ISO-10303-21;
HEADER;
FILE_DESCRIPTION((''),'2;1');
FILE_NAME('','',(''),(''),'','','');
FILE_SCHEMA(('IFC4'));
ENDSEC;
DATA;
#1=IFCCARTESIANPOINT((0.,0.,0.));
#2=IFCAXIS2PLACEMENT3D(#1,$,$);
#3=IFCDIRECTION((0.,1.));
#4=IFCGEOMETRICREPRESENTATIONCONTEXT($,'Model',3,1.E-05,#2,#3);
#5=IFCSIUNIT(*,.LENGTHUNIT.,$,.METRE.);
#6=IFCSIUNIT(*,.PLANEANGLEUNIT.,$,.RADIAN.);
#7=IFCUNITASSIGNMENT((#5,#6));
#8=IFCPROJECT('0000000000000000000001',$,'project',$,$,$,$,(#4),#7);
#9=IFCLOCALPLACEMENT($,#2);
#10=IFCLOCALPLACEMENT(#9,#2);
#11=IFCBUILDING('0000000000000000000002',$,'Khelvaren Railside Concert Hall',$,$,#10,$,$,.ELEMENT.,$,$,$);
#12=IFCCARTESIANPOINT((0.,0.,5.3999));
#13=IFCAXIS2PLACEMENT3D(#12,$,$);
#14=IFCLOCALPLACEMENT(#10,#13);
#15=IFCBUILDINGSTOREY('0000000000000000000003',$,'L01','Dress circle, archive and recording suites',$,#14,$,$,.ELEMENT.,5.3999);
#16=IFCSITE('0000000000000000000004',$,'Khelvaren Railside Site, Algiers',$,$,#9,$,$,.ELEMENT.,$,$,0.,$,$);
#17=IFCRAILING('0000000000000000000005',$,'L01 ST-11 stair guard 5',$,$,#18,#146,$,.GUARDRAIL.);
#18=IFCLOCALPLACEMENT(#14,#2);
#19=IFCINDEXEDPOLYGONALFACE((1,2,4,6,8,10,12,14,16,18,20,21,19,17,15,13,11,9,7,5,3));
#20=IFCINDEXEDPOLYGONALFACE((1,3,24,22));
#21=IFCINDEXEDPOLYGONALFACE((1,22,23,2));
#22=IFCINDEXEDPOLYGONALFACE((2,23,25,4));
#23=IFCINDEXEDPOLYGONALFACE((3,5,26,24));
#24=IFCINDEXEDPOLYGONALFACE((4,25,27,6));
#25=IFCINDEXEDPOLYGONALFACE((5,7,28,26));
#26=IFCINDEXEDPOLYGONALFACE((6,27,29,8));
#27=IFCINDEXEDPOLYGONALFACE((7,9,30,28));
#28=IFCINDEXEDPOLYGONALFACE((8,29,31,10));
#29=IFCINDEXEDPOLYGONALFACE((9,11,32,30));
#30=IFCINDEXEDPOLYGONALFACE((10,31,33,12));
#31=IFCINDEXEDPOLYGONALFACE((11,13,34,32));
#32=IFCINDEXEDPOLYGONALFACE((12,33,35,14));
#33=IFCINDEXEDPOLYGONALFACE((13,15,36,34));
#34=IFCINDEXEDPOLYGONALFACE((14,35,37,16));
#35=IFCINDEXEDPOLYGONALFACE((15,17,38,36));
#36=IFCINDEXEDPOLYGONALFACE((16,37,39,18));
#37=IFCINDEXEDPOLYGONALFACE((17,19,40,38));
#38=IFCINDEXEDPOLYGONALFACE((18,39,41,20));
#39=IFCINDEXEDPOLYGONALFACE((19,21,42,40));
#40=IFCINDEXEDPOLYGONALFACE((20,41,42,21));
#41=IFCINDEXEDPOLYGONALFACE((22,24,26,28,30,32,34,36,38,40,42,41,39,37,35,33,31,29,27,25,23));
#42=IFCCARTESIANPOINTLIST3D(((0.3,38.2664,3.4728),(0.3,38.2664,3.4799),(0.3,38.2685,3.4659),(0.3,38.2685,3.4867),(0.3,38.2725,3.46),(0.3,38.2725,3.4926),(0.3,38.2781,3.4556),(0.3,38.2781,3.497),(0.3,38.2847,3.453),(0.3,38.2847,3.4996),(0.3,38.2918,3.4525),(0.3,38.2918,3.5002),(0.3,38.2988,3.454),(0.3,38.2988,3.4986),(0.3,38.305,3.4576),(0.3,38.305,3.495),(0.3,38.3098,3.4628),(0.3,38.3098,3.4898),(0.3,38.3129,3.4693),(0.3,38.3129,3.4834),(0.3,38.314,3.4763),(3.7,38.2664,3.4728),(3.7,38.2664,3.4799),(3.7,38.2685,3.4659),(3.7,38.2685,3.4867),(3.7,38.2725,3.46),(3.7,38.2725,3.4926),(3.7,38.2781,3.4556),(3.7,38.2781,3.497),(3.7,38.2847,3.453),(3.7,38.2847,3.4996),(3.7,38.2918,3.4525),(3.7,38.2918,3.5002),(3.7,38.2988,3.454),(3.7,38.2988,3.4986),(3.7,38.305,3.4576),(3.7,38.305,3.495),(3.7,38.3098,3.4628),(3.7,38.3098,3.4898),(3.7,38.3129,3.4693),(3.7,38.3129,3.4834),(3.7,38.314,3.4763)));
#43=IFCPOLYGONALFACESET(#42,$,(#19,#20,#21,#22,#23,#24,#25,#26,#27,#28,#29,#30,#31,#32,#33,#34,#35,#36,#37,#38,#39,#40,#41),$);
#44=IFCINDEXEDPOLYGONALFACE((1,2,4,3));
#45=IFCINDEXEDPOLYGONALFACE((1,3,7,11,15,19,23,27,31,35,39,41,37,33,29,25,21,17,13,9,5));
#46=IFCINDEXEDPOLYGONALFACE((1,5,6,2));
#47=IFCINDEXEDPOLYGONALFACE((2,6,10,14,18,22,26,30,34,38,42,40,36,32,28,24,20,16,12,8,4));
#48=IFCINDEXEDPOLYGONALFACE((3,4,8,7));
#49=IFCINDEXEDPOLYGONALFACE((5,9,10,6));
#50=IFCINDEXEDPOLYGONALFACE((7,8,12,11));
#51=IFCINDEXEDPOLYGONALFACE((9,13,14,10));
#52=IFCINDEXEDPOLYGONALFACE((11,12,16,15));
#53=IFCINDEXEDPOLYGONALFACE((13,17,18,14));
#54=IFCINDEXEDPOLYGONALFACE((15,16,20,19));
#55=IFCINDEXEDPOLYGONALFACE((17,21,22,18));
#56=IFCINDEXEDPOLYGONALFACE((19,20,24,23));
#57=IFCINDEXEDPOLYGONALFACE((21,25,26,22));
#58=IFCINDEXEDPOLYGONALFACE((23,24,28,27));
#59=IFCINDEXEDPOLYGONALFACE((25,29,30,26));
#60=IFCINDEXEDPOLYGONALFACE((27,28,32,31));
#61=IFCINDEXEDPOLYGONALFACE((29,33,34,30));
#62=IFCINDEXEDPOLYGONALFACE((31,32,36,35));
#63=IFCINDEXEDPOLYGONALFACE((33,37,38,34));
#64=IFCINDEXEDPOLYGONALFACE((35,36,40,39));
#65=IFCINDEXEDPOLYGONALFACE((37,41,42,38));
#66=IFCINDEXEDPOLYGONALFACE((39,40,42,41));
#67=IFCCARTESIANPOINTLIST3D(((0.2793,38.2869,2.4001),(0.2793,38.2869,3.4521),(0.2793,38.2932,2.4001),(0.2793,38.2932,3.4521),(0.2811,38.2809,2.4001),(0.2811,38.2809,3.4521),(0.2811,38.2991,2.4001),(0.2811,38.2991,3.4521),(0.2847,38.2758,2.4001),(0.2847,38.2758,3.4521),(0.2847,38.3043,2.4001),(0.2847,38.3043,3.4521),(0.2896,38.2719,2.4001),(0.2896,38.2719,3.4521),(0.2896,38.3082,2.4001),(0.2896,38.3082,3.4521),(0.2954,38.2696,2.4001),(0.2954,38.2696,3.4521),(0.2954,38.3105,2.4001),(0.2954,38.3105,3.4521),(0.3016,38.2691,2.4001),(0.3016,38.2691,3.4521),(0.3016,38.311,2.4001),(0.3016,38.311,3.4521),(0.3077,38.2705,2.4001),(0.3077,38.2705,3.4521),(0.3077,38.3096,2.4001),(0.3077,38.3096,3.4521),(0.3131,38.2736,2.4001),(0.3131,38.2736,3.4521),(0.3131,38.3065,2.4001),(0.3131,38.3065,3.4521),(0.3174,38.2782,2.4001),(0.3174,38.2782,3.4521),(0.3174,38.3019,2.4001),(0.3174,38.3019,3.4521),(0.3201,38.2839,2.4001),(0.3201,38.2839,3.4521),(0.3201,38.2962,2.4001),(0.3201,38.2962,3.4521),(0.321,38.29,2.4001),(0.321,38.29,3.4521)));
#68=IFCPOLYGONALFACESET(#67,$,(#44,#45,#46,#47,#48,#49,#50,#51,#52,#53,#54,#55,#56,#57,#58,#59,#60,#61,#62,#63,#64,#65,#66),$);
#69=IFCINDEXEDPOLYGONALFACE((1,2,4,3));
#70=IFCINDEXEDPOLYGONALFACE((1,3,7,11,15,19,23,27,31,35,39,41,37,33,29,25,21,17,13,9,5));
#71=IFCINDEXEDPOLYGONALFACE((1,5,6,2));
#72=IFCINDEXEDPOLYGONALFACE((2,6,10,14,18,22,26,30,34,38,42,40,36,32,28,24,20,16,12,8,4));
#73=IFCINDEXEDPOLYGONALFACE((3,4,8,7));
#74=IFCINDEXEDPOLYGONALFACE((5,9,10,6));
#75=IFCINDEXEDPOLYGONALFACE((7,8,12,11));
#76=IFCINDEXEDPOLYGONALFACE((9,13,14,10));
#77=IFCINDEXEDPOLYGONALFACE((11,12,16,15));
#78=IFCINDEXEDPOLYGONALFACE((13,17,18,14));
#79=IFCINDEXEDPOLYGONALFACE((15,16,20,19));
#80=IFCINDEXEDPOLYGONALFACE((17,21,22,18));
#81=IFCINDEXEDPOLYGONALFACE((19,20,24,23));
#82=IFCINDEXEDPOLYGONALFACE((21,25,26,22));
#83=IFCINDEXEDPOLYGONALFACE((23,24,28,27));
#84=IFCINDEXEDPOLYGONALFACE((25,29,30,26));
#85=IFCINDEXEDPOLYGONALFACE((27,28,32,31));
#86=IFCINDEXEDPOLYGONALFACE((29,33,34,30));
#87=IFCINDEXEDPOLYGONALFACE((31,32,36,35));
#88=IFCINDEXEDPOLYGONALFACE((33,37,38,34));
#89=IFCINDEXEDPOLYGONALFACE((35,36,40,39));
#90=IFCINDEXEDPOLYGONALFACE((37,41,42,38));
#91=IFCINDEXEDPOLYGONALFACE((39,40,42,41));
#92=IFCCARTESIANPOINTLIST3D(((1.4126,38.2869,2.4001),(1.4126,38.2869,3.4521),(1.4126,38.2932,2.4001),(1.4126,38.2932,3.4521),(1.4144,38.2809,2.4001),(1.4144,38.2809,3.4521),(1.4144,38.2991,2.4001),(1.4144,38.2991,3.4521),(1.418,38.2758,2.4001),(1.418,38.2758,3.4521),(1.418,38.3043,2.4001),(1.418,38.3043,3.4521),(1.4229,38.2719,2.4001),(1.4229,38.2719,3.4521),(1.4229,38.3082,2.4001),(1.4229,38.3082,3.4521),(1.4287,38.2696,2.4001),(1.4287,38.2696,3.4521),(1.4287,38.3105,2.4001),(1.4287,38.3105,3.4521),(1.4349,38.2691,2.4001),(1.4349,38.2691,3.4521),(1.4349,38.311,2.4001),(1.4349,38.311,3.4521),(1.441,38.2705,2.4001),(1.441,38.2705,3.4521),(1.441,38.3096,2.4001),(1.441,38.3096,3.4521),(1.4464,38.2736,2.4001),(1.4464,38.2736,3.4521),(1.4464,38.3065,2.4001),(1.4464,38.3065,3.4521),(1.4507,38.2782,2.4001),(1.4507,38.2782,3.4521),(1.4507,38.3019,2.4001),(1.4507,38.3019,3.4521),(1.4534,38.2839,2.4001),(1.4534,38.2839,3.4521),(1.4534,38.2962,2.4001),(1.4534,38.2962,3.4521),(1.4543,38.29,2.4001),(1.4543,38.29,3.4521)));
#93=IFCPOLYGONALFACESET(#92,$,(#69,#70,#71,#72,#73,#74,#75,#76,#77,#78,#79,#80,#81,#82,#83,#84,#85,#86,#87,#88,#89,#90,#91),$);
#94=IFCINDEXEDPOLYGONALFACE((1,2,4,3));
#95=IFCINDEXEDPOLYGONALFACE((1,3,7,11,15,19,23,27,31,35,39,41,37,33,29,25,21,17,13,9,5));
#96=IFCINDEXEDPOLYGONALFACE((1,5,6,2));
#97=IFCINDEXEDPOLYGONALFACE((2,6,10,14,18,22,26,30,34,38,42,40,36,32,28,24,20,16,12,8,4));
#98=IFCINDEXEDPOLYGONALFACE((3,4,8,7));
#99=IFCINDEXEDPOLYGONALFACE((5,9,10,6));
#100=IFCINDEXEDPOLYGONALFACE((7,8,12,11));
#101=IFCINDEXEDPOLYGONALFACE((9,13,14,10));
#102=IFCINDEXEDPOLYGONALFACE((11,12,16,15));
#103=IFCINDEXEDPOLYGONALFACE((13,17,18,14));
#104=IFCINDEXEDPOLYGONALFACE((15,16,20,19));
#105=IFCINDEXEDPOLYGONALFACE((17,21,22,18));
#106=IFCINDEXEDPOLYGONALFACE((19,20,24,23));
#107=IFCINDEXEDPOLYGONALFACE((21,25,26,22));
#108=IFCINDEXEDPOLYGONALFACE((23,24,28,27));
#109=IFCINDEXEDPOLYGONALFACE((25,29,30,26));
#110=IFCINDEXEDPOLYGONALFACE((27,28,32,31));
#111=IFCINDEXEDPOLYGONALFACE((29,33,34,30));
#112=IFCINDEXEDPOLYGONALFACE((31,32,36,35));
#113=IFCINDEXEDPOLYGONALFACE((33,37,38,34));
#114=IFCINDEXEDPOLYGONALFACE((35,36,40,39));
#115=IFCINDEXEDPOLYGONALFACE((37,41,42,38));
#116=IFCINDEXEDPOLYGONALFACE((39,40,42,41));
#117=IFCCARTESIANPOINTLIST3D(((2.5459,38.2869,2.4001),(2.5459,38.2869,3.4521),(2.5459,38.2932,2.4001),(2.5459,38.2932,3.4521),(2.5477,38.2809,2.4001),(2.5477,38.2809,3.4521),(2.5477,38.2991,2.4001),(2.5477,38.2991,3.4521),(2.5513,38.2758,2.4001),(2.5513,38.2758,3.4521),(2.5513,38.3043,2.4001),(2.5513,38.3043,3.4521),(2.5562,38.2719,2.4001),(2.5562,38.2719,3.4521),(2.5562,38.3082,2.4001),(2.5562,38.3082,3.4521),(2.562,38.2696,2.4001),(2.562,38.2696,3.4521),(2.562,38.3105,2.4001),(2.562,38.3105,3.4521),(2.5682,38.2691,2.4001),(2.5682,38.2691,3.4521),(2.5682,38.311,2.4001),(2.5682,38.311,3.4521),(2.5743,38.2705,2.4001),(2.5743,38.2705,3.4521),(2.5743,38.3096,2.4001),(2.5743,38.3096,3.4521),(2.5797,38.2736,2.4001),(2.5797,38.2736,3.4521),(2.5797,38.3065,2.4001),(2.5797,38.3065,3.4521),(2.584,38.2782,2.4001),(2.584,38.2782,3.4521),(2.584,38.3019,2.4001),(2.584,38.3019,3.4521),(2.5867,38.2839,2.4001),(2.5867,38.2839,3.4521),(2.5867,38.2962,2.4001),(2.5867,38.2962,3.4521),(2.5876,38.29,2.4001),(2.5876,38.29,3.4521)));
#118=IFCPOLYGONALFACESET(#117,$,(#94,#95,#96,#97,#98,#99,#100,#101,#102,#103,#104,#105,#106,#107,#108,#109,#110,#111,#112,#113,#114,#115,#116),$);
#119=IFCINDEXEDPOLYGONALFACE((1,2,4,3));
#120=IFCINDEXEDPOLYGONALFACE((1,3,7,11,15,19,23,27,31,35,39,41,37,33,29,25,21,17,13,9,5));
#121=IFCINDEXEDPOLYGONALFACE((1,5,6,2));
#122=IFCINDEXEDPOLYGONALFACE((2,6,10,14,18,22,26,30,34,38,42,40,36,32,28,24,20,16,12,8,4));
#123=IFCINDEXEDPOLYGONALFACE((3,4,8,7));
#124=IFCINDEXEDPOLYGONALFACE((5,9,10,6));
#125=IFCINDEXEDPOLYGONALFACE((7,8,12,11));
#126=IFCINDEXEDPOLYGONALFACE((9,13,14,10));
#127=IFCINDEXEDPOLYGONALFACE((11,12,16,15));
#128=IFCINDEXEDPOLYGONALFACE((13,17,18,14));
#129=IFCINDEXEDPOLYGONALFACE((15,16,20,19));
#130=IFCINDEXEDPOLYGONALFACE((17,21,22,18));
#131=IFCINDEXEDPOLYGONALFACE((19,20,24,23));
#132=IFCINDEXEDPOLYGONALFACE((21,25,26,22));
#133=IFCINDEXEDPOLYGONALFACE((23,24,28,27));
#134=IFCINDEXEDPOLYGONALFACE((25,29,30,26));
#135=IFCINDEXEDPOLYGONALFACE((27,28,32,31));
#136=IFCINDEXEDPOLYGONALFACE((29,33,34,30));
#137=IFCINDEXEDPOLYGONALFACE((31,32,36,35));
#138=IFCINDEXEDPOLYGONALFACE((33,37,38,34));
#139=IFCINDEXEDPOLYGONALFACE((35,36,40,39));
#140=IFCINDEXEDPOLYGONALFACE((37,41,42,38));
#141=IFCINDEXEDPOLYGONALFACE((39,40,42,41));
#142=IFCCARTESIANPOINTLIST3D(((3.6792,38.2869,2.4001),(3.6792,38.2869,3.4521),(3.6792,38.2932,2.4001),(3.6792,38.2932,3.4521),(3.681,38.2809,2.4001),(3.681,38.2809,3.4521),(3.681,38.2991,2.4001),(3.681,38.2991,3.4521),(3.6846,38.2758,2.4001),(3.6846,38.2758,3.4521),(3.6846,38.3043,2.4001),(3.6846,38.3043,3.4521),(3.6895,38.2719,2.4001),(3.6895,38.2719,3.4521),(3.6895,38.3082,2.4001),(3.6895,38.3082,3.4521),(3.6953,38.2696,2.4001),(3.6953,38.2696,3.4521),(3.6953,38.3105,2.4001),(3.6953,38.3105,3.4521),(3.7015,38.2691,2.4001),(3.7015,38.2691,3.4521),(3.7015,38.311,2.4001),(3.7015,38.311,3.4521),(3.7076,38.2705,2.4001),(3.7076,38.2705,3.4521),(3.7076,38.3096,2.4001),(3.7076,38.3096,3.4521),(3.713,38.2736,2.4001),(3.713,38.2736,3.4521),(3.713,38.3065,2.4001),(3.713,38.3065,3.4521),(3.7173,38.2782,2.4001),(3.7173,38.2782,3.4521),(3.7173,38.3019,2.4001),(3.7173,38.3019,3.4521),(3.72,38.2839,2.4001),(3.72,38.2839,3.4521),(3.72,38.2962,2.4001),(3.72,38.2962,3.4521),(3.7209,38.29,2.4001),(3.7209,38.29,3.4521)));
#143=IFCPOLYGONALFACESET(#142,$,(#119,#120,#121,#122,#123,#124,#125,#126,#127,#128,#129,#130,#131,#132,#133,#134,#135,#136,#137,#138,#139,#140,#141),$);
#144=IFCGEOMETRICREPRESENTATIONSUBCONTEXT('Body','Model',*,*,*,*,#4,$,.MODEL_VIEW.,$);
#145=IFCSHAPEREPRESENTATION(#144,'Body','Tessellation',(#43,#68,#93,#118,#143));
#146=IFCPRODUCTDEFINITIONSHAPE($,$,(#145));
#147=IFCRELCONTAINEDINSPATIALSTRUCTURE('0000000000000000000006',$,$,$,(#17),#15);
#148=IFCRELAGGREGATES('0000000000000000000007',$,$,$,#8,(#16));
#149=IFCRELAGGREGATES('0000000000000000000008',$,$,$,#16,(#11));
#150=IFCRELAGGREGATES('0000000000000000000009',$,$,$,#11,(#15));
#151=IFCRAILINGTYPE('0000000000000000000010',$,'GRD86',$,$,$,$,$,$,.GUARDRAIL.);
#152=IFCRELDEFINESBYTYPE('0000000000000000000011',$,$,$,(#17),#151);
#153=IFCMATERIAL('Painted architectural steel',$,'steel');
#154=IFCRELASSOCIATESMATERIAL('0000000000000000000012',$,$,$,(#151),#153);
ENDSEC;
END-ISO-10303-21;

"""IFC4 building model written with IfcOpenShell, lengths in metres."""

from ifc_helpers import new_model, si_unit, direction, frame, origin, origin_2d, place, context, subcontext, project, spatial, circle, extrude, material, type_object, element, save


model = new_model("IFC4")

# Units and contexts
model_context = context("Model", 3, precision=1e-05, world=origin(), true_north=direction((0.0, 1.0)))
body_context = subcontext(model_context, "Body", "Model", "MODEL_VIEW")
ifc_project = project(units=[si_unit("LENGTHUNIT", "METRE"), si_unit("PLANEANGLEUNIT", "RADIAN")], contexts=[model_context])

# Site, building, storey
site_placement = place(None, origin())
site = spatial("IfcSite", under=ifc_project, at=site_placement, Name="Khelvaren Railside Site, Algiers", CompositionType="ELEMENT", RefElevation=0.0)
building_placement = place(site_placement, origin())
building = spatial("IfcBuilding", under=site, at=building_placement, Name="Khelvaren Railside Concert Hall", CompositionType="ELEMENT")
storey_placement = place(building_placement, frame((0.0, 0.0, 5.3999)))
storey = spatial("IfcBuildingStorey", under=building, at=storey_placement, Name="L01", Description="Dress circle, archive and recording suites", CompositionType="ELEMENT", Elevation=5.3999)

# Railing
ifc_material_1 = material(Name="Painted architectural steel", Category="steel")
railing_type_1 = type_object("IfcRailingType", Name="GRD86", PredefinedType="GUARDRAIL", material=ifc_material_1)
railing_1_placement = place(storey_placement, frame((0.3, 38.29, 2.4001)))
element("IfcRailing", 1, at=railing_1_placement, inside=storey, type_object=railing_type_1, Name="L01 ST-11 stair guard 5", PredefinedType="GUARDRAIL", context=body_context, shape_type="SweptSolid", body=[
    extrude(circle(Radius=0.0239, at=origin_2d()), frame((0.0, 0.0, 1.0762), z_axis=(1.0, 0.0, 0.0), x_axis=(0.0, 1.0, 0.0)), (0.0, 0.0, 1.0), 3.3999),
    extrude(circle(Radius=0.021, at=origin_2d()), origin(), (0.0, 0.0, 1.0), 1.052),
    extrude(circle(Radius=0.021, at=origin_2d()), frame((1.1333, 0.0, 0.0)), (0.0, 0.0, 1.0), 1.052),
    extrude(circle(Radius=0.021, at=origin_2d()), frame((2.2666, 0.0, 0.0)), (0.0, 0.0, 1.0), 1.052),
    extrude(circle(Radius=0.021, at=origin_2d()), frame((3.3999, 0.0, 0.0)), (0.0, 0.0, 1.0), 1.052),
])

save(model, "model.ifc")
